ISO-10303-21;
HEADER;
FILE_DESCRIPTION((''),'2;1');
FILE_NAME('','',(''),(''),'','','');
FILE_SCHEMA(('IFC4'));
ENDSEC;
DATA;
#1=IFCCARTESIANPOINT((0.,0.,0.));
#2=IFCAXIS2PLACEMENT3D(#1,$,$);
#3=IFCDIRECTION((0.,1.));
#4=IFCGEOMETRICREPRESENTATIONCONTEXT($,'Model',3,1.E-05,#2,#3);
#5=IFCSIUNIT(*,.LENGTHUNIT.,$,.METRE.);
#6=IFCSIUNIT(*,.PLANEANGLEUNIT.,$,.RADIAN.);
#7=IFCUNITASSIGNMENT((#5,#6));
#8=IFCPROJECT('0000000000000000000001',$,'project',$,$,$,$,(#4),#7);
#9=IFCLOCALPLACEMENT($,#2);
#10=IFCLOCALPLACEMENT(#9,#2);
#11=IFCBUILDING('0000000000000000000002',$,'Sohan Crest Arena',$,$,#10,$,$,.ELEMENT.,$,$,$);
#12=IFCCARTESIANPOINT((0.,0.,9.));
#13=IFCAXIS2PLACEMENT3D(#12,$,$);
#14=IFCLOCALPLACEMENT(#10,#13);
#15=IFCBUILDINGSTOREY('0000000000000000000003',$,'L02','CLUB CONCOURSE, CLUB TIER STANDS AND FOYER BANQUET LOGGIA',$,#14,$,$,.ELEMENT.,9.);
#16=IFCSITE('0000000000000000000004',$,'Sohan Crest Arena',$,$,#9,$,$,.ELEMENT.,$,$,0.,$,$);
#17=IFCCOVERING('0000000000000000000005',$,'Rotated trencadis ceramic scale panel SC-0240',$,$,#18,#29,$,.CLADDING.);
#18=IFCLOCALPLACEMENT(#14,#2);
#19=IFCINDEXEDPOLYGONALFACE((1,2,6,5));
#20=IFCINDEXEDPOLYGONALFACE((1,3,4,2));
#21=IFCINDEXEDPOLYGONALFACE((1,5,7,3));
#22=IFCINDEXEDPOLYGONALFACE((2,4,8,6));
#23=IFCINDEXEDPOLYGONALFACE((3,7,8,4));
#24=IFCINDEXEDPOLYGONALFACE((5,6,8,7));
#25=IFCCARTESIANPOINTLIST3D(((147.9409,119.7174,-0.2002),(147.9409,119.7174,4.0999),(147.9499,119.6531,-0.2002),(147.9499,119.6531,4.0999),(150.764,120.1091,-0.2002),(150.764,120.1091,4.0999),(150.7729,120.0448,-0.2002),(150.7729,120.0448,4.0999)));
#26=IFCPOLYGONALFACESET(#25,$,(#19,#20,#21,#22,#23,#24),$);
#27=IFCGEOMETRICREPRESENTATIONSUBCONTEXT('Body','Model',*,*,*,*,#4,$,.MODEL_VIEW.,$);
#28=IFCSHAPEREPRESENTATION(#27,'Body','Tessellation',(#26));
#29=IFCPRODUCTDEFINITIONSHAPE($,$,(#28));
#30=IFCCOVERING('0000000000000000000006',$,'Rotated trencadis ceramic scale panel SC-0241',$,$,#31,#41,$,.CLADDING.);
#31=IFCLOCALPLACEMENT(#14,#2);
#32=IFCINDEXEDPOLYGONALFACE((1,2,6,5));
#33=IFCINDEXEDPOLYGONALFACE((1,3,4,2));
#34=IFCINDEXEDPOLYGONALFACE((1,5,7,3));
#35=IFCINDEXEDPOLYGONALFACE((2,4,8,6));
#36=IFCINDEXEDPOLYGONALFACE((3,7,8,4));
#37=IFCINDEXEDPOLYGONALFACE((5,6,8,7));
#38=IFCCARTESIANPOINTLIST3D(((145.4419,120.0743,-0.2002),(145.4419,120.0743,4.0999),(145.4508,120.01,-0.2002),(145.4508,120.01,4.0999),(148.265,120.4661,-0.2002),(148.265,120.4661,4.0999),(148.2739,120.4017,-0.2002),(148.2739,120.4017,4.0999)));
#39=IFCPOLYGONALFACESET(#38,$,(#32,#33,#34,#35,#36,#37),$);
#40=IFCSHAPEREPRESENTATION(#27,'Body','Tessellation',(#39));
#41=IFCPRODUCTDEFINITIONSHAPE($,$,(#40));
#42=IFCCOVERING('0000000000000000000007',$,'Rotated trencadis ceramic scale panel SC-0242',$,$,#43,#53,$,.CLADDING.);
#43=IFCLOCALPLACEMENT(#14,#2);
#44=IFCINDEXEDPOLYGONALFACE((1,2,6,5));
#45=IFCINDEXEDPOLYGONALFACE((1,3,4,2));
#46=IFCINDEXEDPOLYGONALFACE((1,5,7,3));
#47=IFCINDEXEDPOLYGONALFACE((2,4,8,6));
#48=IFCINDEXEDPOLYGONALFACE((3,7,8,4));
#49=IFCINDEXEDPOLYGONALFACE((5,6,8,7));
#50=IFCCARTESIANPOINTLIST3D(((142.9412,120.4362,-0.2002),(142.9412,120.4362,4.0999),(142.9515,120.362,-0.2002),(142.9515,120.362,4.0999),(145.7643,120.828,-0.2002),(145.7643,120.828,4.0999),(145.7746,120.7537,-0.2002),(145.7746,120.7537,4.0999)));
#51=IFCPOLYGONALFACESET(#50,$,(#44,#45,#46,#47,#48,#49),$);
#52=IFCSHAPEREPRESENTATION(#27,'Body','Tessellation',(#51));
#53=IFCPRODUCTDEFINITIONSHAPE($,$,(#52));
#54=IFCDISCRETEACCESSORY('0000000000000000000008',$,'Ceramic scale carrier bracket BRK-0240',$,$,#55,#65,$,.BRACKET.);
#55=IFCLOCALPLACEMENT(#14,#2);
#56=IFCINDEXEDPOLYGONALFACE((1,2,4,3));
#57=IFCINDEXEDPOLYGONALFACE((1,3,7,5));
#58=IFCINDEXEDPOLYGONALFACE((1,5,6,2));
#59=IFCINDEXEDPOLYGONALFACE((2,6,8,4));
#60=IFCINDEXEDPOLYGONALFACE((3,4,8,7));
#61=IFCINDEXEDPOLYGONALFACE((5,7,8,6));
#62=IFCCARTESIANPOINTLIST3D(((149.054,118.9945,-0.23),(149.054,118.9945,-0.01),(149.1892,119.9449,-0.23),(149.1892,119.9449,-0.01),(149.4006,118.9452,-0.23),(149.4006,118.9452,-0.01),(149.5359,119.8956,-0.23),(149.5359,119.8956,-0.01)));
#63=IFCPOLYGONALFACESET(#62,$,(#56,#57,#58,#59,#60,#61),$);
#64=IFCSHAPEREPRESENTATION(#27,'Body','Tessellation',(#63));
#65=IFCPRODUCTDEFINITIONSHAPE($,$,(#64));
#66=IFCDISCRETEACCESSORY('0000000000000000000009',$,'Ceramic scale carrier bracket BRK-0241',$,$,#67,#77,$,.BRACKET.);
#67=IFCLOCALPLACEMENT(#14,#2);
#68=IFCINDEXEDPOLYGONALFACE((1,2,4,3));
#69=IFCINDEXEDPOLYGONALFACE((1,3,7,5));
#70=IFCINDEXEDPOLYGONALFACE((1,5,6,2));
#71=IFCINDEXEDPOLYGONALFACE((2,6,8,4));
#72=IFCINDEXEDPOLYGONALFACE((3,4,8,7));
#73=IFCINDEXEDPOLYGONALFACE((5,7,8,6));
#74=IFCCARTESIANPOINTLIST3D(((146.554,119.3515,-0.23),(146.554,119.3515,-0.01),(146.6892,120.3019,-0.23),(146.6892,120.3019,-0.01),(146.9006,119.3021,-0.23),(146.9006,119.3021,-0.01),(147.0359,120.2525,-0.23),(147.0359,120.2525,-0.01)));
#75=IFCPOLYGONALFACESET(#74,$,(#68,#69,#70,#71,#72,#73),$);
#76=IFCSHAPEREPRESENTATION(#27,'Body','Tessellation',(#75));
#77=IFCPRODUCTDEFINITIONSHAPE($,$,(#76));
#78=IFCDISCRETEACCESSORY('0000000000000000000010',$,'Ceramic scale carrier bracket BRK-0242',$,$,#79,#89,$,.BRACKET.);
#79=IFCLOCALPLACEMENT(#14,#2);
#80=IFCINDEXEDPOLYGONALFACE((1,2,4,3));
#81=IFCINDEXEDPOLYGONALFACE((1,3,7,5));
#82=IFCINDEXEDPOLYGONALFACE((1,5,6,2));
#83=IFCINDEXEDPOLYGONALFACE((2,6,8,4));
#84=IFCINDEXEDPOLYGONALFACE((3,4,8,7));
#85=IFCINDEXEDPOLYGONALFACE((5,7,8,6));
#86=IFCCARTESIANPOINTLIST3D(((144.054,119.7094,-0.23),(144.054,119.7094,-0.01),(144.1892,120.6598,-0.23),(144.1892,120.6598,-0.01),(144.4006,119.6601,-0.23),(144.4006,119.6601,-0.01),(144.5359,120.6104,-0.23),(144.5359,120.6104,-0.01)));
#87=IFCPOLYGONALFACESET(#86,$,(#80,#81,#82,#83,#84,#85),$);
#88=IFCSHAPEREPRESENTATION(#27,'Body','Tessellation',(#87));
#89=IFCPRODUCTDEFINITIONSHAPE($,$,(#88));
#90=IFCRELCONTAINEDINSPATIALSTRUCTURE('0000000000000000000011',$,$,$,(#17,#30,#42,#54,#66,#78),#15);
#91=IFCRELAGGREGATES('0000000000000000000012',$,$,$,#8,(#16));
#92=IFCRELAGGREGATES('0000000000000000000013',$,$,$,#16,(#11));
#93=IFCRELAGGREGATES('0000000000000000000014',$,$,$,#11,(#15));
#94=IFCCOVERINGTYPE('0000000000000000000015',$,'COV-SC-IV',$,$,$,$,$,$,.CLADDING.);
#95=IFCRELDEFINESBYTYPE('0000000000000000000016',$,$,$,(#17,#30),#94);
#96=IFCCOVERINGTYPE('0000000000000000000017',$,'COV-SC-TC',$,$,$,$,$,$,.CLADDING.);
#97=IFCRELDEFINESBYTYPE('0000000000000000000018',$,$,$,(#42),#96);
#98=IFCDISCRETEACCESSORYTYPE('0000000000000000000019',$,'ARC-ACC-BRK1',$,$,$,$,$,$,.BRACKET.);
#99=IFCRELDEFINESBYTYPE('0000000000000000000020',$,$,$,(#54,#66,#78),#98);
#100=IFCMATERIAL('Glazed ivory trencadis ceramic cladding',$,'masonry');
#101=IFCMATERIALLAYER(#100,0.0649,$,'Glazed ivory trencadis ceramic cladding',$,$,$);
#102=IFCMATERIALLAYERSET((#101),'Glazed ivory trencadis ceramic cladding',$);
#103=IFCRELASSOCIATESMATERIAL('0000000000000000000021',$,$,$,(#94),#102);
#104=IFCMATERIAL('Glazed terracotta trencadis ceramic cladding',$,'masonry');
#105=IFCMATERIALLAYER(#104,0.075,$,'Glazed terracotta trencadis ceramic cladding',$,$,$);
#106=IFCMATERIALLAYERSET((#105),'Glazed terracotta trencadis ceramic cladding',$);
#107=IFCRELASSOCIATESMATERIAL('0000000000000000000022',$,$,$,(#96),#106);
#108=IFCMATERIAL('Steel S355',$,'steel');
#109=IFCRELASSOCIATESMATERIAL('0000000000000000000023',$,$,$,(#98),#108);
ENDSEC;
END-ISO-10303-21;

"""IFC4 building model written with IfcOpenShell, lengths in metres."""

from ifc_helpers import new_model, si_unit, direction, frame, origin, origin_2d, place, context, subcontext, project, spatial, rectangle, extrude, material, layer, layer_set, type_object, element, save


model = new_model("IFC4")

# Units and contexts
model_context = context("Model", 3, precision=1e-05, world=origin(), true_north=direction((0.0, 1.0)))
body_context = subcontext(model_context, "Body", "Model", "MODEL_VIEW")
ifc_project = project(units=[si_unit("LENGTHUNIT", "METRE"), si_unit("PLANEANGLEUNIT", "RADIAN")], contexts=[model_context])

# Site, building, storey
site_placement = place(None, origin())
site = spatial("IfcSite", under=ifc_project, at=site_placement, Name="Sohan Crest Arena", CompositionType="ELEMENT", RefElevation=0.0)
building_placement = place(site_placement, origin())
building = spatial("IfcBuilding", under=site, at=building_placement, Name="Sohan Crest Arena", CompositionType="ELEMENT")
storey_placement = place(building_placement, frame((0.0, 0.0, 9.0)))
storey = spatial("IfcBuildingStorey", under=building, at=storey_placement, Name="L02", Description="CLUB CONCOURSE, CLUB TIER STANDS AND FOYER BANQUET LOGGIA", CompositionType="ELEMENT", Elevation=9.0)

# Coverings
ifc_material_1 = material(Name="Glazed ivory trencadis ceramic cladding", Category="masonry")
ifc_layer_1 = layer(ifc_material_1, 0.0649, Name="Glazed ivory trencadis ceramic cladding")
ifc_layer_set_1 = layer_set([ifc_layer_1], Name="Glazed ivory trencadis ceramic cladding")
covering_type_1 = type_object("IfcCoveringType", Name="COV-SC-IV", PredefinedType="CLADDING", material=ifc_layer_set_1)
for number, where, z_axis, x_axis, name in (
    (1, (149.3569, 119.8811, -0.2002), (0.0, 0.0, 1.0), (-0.990509, -0.137445, 0.0), "Rotated trencadis ceramic scale panel SC-0240"),
    (2, (146.8579, 120.238, -0.2002), (0.0, 0.0, 1.0), (-0.990509, -0.137445, 0.0), "Rotated trencadis ceramic scale panel SC-0241"),
):
    element("IfcCovering", number, at=place(storey_placement, frame(where, z_axis=z_axis, x_axis=x_axis)), inside=storey, type_object=covering_type_1, Name=name, PredefinedType="CLADDING", context=body_context, shape_type="SweptSolid", body=[
        extrude(rectangle(XDim=2.8501, YDim=0.0649, at=origin_2d()), origin(), (0.0, 0.0, 1.0), 4.3),
    ])
ifc_material_2 = material(Name="Glazed terracotta trencadis ceramic cladding", Category="masonry")
ifc_layer_2 = layer(ifc_material_2, 0.075, Name="Glazed terracotta trencadis ceramic cladding")
ifc_layer_set_2 = layer_set([ifc_layer_2], Name="Glazed terracotta trencadis ceramic cladding")
covering_type_2 = type_object("IfcCoveringType", Name="COV-SC-TC", PredefinedType="CLADDING", material=ifc_layer_set_2)
covering_placement = place(storey_placement, frame((144.3579, 120.595, -0.2002), z_axis=(0.0, 0.0, 1.0), x_axis=(-0.990509, -0.137445, 0.0)))
element("IfcCovering", 3, at=covering_placement, inside=storey, type_object=covering_type_2, Name="Rotated trencadis ceramic scale panel SC-0242", PredefinedType="CLADDING", context=body_context, shape_type="SweptSolid", body=[
    extrude(rectangle(XDim=2.8501, YDim=0.075, at=origin_2d()), origin(), (0.0, 0.0, 1.0), 4.3),
])

# Discrete accessories
ifc_material_3 = material(Name="Steel S355", Category="steel")
discrete_accessory_type = type_object("IfcDiscreteAccessoryType", Name="ARC-ACC-BRK1", PredefinedType="BRACKET", material=ifc_material_3)
for number, where, z_axis, x_axis, name in (
    (4, (149.2949, 119.4451, -0.23), (0.0, 0.0, 1.0), (-0.990024, 0.140901, 0.0), "Ceramic scale carrier bracket BRK-0240"),
    (5, (146.7949, 119.802, -0.23), (0.0, 0.0, 1.0), (-0.990024, 0.140901, 0.0), "Ceramic scale carrier bracket BRK-0241"),
    (6, (144.2949, 120.1599, -0.23), (0.0, 0.0, 1.0), (-0.990024, 0.140901, 0.0), "Ceramic scale carrier bracket BRK-0242"),
):
    element("IfcDiscreteAccessory", number, at=place(storey_placement, frame(where, z_axis=z_axis, x_axis=x_axis)), inside=storey, type_object=discrete_accessory_type, Name=name, PredefinedType="BRACKET", context=body_context, shape_type="SweptSolid", body=[
        extrude(rectangle(XDim=0.3501, YDim=0.96, at=origin_2d()), origin(), (0.0, 0.0, 1.0), 0.22),
    ])

save(model, "model.ifc")
